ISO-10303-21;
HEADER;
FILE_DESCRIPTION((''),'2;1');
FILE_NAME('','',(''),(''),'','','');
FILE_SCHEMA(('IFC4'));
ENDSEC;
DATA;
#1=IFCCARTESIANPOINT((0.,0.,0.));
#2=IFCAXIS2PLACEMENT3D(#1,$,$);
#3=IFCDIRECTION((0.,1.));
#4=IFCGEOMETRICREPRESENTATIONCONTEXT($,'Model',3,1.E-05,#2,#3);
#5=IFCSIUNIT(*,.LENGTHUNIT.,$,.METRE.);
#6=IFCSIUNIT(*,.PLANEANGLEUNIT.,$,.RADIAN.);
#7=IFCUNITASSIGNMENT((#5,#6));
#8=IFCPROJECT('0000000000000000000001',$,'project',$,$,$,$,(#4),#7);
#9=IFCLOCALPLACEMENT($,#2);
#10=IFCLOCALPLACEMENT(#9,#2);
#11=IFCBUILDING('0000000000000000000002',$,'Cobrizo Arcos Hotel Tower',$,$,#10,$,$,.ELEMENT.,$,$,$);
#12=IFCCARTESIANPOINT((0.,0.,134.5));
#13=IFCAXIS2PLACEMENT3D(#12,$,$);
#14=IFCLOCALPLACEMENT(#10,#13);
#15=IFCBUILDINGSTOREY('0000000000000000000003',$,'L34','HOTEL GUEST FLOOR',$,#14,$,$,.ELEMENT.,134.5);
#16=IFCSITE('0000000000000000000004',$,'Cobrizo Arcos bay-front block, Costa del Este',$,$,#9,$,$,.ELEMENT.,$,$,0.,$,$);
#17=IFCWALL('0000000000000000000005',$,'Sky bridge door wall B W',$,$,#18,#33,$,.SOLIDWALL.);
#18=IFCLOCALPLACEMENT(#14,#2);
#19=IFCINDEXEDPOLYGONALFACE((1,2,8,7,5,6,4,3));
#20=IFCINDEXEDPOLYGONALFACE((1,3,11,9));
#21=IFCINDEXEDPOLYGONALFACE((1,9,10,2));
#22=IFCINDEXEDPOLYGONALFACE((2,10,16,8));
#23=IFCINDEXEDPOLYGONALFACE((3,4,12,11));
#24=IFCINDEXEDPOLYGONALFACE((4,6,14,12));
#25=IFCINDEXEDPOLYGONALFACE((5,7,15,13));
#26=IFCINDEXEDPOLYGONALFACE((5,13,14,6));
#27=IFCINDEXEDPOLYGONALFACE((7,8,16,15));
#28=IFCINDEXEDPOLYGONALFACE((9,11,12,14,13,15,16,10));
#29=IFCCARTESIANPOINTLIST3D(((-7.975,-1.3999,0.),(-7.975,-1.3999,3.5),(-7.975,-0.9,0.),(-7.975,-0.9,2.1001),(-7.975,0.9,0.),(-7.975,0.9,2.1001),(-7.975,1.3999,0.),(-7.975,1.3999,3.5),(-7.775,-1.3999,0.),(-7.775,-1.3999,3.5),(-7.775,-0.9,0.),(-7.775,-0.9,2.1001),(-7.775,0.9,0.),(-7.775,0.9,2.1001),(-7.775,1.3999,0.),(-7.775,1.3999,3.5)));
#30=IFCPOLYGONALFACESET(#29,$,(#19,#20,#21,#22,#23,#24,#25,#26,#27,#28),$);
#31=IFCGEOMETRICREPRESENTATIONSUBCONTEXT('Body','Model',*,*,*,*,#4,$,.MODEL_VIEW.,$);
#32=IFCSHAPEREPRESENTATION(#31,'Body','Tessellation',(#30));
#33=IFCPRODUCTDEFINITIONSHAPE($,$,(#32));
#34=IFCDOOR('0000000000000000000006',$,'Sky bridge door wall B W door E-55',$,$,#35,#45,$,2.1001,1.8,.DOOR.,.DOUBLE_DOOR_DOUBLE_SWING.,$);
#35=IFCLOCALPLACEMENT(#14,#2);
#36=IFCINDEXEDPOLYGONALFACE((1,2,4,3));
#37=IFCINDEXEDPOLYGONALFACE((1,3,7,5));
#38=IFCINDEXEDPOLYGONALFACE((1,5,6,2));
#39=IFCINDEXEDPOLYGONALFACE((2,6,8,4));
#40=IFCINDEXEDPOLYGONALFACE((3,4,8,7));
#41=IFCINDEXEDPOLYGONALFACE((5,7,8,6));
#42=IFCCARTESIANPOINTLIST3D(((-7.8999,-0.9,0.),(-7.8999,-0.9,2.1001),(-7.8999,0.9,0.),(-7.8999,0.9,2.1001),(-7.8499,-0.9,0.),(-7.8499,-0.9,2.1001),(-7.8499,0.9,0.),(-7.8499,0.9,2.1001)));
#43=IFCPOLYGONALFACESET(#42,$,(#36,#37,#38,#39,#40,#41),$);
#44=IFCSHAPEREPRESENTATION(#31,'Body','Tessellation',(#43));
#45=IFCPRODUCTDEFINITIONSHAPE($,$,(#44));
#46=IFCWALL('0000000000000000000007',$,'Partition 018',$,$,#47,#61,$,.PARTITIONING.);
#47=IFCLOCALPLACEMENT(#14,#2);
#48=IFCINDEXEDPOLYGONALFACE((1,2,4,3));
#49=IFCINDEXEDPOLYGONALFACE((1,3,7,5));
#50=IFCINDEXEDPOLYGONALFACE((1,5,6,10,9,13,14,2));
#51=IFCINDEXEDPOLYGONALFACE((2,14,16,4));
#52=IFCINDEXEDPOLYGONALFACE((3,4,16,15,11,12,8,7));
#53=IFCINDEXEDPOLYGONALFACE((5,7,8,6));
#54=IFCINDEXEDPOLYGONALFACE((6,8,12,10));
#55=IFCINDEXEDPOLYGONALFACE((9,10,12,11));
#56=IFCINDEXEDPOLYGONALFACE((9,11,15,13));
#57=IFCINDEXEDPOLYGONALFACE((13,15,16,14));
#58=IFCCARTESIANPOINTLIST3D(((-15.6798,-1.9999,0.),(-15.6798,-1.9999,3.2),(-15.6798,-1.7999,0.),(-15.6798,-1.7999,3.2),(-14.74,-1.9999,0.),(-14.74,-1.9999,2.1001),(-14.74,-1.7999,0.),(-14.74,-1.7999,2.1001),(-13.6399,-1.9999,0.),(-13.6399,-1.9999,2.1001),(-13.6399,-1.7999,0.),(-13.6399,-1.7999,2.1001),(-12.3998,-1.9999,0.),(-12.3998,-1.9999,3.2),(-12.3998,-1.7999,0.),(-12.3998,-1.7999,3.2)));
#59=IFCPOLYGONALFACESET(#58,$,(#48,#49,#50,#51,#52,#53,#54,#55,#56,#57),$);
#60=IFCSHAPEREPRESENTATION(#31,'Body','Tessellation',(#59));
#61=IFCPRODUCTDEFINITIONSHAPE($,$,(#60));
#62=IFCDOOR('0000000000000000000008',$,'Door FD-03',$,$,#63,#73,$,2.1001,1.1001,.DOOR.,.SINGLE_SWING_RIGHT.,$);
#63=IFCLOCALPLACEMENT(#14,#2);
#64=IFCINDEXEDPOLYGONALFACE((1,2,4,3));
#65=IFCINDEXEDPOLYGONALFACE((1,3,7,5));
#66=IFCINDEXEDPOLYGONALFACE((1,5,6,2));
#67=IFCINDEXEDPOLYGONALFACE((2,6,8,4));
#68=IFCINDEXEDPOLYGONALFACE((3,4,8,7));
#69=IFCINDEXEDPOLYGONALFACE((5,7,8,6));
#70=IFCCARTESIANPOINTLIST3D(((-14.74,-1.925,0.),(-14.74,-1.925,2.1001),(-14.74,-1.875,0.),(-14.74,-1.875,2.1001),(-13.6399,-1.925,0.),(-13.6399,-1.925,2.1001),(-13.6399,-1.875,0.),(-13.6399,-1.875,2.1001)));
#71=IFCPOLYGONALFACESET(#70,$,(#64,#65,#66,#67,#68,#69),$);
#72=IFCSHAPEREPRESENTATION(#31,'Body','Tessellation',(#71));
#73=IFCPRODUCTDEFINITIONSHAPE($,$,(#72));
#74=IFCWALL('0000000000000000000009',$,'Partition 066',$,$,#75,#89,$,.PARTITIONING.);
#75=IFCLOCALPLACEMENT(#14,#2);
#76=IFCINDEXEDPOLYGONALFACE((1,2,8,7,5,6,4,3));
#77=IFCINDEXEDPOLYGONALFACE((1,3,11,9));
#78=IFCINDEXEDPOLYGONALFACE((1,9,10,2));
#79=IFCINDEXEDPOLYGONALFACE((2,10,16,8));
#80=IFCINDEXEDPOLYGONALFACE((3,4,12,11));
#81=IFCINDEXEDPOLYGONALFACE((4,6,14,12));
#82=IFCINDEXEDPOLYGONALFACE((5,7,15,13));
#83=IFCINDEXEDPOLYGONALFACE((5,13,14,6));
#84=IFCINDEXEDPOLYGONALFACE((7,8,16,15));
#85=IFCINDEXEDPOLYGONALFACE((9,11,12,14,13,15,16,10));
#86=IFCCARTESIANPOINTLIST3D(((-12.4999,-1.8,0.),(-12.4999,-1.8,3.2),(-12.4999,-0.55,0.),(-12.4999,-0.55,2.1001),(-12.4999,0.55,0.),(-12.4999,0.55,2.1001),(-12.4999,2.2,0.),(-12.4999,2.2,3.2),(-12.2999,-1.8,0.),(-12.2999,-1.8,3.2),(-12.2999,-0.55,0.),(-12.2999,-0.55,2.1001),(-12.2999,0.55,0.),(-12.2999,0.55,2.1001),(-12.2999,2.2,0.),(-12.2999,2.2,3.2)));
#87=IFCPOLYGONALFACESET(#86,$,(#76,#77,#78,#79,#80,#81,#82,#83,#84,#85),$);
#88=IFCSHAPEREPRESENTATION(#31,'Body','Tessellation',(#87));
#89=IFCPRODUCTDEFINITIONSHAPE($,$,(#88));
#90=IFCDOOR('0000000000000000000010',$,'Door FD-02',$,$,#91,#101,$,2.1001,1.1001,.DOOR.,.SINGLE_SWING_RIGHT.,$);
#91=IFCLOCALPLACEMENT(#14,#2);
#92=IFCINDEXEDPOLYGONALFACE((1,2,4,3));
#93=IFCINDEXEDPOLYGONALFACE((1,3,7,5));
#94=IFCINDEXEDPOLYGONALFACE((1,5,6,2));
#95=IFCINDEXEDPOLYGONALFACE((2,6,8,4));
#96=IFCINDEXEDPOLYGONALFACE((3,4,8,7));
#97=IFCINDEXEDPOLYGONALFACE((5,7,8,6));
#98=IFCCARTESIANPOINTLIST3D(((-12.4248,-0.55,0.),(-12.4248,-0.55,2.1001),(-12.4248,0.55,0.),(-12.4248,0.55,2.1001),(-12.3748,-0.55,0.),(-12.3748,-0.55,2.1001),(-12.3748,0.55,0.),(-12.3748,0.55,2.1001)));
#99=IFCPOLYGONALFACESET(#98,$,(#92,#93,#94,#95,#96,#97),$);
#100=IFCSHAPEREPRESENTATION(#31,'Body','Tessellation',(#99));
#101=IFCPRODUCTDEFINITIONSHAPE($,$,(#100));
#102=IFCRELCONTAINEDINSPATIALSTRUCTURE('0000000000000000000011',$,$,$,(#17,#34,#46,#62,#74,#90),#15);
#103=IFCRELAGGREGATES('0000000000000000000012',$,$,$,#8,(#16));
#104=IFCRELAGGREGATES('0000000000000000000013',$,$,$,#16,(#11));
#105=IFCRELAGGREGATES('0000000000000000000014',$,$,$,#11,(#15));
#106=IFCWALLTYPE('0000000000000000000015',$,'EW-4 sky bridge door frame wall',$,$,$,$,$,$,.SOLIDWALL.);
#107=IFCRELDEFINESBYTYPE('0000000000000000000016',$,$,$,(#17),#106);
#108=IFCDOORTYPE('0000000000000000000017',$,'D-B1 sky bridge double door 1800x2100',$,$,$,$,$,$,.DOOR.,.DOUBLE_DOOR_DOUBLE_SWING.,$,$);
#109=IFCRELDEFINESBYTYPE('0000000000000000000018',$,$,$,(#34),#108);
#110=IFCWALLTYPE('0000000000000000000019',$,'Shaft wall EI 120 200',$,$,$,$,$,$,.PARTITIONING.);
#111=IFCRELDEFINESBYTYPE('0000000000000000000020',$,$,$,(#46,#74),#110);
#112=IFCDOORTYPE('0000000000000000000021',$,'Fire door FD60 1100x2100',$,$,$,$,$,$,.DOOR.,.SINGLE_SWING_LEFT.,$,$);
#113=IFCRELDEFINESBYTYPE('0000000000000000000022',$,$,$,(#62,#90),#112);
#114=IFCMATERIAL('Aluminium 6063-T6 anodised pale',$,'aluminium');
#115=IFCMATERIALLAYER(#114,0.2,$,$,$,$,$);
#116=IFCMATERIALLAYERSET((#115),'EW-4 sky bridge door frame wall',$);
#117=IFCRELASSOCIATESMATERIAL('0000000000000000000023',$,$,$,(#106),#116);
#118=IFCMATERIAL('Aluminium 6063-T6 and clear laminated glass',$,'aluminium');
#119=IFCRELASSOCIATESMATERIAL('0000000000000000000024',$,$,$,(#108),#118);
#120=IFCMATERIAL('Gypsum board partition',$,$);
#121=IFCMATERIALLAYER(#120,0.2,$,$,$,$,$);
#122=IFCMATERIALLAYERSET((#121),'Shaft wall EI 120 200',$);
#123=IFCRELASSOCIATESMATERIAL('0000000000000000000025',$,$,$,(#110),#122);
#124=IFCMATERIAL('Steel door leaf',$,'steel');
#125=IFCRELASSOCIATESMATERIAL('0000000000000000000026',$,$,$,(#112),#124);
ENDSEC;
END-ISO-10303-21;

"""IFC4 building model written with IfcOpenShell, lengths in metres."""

from ifc_helpers import new_model, si_unit, direction, frame, frame_2d, origin, place, context, subcontext, project, spatial, rectangle, extrude, material, layer, layer_set, type_object, element, fill, save


model = new_model("IFC4")

# Units and contexts
model_context = context("Model", 3, precision=1e-05, world=origin(), true_north=direction((0.0, 1.0)))
body_context = subcontext(model_context, "Body", "Model", "MODEL_VIEW")
ifc_project = project(units=[si_unit("LENGTHUNIT", "METRE"), si_unit("PLANEANGLEUNIT", "RADIAN")], contexts=[model_context])

# Site, building, storey
site_placement = place(None, origin())
site = spatial("IfcSite", under=ifc_project, at=site_placement, Name="Cobrizo Arcos bay-front block, Costa del Este", CompositionType="ELEMENT", RefElevation=0.0)
building_placement = place(site_placement, origin())
building = spatial("IfcBuilding", under=site, at=building_placement, Name="Cobrizo Arcos Hotel Tower", CompositionType="ELEMENT")
storey_placement = place(building_placement, frame((0.0, 0.0, 134.5)))
storey = spatial("IfcBuildingStorey", under=building, at=storey_placement, Name="L34", Description="HOTEL GUEST FLOOR", CompositionType="ELEMENT", Elevation=134.5)

# Shared definitions
ifc_material_1 = material(Name="Gypsum board partition")

# Walls, openings, doors
ifc_material_2 = material(Name="Aluminium 6063-T6 anodised pale", Category="aluminium")
ifc_layer_1 = layer(ifc_material_2, 0.2)
ifc_layer_set_1 = layer_set([ifc_layer_1], Name="EW-4 sky bridge door frame wall")
wall_type_1 = type_object("IfcWallType", Name="EW-4 sky bridge door frame wall", PredefinedType="SOLIDWALL", material=ifc_layer_set_1)
wall_1_placement = place(storey_placement, frame((-7.875, -1.3999, 0.0), z_axis=(0.0, 0.0, 1.0), x_axis=(0.0, 1.0, 0.0)))
wall_1 = element("IfcWall", 1, at=wall_1_placement, inside=storey, type_object=wall_type_1, Name="Sky bridge door wall B W", PredefinedType="SOLIDWALL", context=body_context, shape_type="SweptSolid", body=[
    extrude(rectangle(XDim=2.7998, YDim=0.2, at=frame_2d((1.3999, 0.0))), origin(), (0.0, 0.0, 1.0), 3.5),
])
opening_1_placement = place(wall_1_placement, frame((0.5, 0.0, 0.0)))
opening_1 = element("IfcOpeningElement", 2, at=opening_1_placement, cuts=wall_1, PredefinedType="OPENING", context=body_context, shape_type="SweptSolid", body=[
    extrude(rectangle(XDim=1.8, YDim=2.1001, at=frame_2d((0.8999, 1.05))), frame((0.0, 0.1121, 0.0), z_axis=(0.0, -1.0, 0.0), x_axis=(1.0, 0.0, 0.0)), (0.0, 0.0, 1.0), 0.2239),
])
ifc_material_3 = material(Name="Aluminium 6063-T6 and clear laminated glass", Category="aluminium")
door_type_1 = type_object("IfcDoorType", Name="D-B1 sky bridge double door 1800x2100", OperationType="DOUBLE_DOOR_DOUBLE_SWING", PredefinedType="DOOR", material=ifc_material_3)
door_1_placement = place(opening_1_placement, origin())
door_1 = element("IfcDoor", 3, at=door_1_placement, inside=storey, type_object=door_type_1, Name="Sky bridge door wall B W door E-55", OperationType="DOUBLE_DOOR_DOUBLE_SWING", OverallHeight=2.1001, OverallWidth=1.8, PredefinedType="DOOR", context=body_context, shape_type="SweptSolid", body=[
    extrude(rectangle(XDim=1.8, YDim=2.1001, at=frame_2d((0.8999, 1.05))), frame((0.0, 0.0249, 0.0), z_axis=(0.0, -1.0, 0.0), x_axis=(1.0, 0.0, 0.0)), (0.0, 0.0, 1.0), 0.05),
])
fill(opening_1, door_1)
ifc_layer_2 = layer(ifc_material_1, 0.2)
ifc_layer_set_2 = layer_set([ifc_layer_2], Name="Shaft wall EI 120 200")
wall_type_2 = type_object("IfcWallType", Name="Shaft wall EI 120 200", PredefinedType="PARTITIONING", material=ifc_layer_set_2)
wall_2_placement = place(storey_placement, frame((-15.6799, -1.8999, 0.0), z_axis=(0.0, 0.0, 1.0), x_axis=(1.0, 0.0, 0.0)))
wall_2 = element("IfcWall", 4, at=wall_2_placement, inside=storey, type_object=wall_type_2, Name="Partition 018", PredefinedType="PARTITIONING", context=body_context, shape_type="SweptSolid", body=[
    extrude(rectangle(XDim=3.28, YDim=0.2, at=frame_2d((1.6401, 0.0))), origin(), (0.0, 0.0, 1.0), 3.2),
])
opening_2_placement = place(wall_2_placement, frame((0.9399, 0.0, 0.0)))
opening_2 = element("IfcOpeningElement", 5, at=opening_2_placement, cuts=wall_2, PredefinedType="OPENING", context=body_context, shape_type="SweptSolid", body=[
    extrude(rectangle(XDim=1.1001, YDim=2.1001, at=frame_2d((0.55, 1.05))), frame((0.0, 0.1121, 0.0), z_axis=(0.0, -1.0, 0.0), x_axis=(1.0, 0.0, 0.0)), (0.0, 0.0, 1.0), 0.2239),
])
ifc_material_4 = material(Name="Steel door leaf", Category="steel")
door_type_2 = type_object("IfcDoorType", Name="Fire door FD60 1100x2100", OperationType="SINGLE_SWING_LEFT", PredefinedType="DOOR", material=ifc_material_4)
door_2_placement = place(opening_2_placement, origin())
door_2 = element("IfcDoor", 6, at=door_2_placement, inside=storey, type_object=door_type_2, Name="Door FD-03", OperationType="SINGLE_SWING_RIGHT", OverallHeight=2.1001, OverallWidth=1.1001, PredefinedType="DOOR", context=body_context, shape_type="SweptSolid", body=[
    extrude(rectangle(XDim=1.1001, YDim=2.1001, at=frame_2d((0.55, 1.05))), frame((0.0, 0.0249, 0.0), z_axis=(0.0, -1.0, 0.0), x_axis=(1.0, 0.0, 0.0)), (0.0, 0.0, 1.0), 0.05),
])
fill(opening_2, door_2)
wall_3_placement = place(storey_placement, frame((-12.3999, -1.8, 0.0), z_axis=(0.0, 0.0, 1.0), x_axis=(0.0, 1.0, 0.0)))
wall_3 = element("IfcWall", 7, at=wall_3_placement, inside=storey, type_object=wall_type_2, Name="Partition 066", PredefinedType="PARTITIONING", context=body_context, shape_type="SweptSolid", body=[
    extrude(rectangle(XDim=4.0, YDim=0.2, at=frame_2d((2.0, 0.0))), origin(), (0.0, 0.0, 1.0), 3.2),
])
opening_3_placement = place(wall_3_placement, frame((1.25, 0.0, 0.0)))
opening_3 = element("IfcOpeningElement", 8, at=opening_3_placement, cuts=wall_3, PredefinedType="OPENING", context=body_context, shape_type="SweptSolid", body=[
    extrude(rectangle(XDim=1.1001, YDim=2.1001, at=frame_2d((0.55, 1.05))), frame((0.0, 0.1121, 0.0), z_axis=(0.0, -1.0, 0.0), x_axis=(1.0, 0.0, 0.0)), (0.0, 0.0, 1.0), 0.2239),
])
door_3_placement = place(opening_3_placement, origin())
door_3 = element("IfcDoor", 9, at=door_3_placement, inside=storey, type_object=door_type_2, Name="Door FD-02", OperationType="SINGLE_SWING_RIGHT", OverallHeight=2.1001, OverallWidth=1.1001, PredefinedType="DOOR", context=body_context, shape_type="SweptSolid", body=[
    extrude(rectangle(XDim=1.1001, YDim=2.1001, at=frame_2d((0.55, 1.05))), frame((0.0, 0.0249, 0.0), z_axis=(0.0, -1.0, 0.0), x_axis=(1.0, 0.0, 0.0)), (0.0, 0.0, 1.0), 0.05),
])
fill(opening_3, door_3)

save(model, "model.ifc")
